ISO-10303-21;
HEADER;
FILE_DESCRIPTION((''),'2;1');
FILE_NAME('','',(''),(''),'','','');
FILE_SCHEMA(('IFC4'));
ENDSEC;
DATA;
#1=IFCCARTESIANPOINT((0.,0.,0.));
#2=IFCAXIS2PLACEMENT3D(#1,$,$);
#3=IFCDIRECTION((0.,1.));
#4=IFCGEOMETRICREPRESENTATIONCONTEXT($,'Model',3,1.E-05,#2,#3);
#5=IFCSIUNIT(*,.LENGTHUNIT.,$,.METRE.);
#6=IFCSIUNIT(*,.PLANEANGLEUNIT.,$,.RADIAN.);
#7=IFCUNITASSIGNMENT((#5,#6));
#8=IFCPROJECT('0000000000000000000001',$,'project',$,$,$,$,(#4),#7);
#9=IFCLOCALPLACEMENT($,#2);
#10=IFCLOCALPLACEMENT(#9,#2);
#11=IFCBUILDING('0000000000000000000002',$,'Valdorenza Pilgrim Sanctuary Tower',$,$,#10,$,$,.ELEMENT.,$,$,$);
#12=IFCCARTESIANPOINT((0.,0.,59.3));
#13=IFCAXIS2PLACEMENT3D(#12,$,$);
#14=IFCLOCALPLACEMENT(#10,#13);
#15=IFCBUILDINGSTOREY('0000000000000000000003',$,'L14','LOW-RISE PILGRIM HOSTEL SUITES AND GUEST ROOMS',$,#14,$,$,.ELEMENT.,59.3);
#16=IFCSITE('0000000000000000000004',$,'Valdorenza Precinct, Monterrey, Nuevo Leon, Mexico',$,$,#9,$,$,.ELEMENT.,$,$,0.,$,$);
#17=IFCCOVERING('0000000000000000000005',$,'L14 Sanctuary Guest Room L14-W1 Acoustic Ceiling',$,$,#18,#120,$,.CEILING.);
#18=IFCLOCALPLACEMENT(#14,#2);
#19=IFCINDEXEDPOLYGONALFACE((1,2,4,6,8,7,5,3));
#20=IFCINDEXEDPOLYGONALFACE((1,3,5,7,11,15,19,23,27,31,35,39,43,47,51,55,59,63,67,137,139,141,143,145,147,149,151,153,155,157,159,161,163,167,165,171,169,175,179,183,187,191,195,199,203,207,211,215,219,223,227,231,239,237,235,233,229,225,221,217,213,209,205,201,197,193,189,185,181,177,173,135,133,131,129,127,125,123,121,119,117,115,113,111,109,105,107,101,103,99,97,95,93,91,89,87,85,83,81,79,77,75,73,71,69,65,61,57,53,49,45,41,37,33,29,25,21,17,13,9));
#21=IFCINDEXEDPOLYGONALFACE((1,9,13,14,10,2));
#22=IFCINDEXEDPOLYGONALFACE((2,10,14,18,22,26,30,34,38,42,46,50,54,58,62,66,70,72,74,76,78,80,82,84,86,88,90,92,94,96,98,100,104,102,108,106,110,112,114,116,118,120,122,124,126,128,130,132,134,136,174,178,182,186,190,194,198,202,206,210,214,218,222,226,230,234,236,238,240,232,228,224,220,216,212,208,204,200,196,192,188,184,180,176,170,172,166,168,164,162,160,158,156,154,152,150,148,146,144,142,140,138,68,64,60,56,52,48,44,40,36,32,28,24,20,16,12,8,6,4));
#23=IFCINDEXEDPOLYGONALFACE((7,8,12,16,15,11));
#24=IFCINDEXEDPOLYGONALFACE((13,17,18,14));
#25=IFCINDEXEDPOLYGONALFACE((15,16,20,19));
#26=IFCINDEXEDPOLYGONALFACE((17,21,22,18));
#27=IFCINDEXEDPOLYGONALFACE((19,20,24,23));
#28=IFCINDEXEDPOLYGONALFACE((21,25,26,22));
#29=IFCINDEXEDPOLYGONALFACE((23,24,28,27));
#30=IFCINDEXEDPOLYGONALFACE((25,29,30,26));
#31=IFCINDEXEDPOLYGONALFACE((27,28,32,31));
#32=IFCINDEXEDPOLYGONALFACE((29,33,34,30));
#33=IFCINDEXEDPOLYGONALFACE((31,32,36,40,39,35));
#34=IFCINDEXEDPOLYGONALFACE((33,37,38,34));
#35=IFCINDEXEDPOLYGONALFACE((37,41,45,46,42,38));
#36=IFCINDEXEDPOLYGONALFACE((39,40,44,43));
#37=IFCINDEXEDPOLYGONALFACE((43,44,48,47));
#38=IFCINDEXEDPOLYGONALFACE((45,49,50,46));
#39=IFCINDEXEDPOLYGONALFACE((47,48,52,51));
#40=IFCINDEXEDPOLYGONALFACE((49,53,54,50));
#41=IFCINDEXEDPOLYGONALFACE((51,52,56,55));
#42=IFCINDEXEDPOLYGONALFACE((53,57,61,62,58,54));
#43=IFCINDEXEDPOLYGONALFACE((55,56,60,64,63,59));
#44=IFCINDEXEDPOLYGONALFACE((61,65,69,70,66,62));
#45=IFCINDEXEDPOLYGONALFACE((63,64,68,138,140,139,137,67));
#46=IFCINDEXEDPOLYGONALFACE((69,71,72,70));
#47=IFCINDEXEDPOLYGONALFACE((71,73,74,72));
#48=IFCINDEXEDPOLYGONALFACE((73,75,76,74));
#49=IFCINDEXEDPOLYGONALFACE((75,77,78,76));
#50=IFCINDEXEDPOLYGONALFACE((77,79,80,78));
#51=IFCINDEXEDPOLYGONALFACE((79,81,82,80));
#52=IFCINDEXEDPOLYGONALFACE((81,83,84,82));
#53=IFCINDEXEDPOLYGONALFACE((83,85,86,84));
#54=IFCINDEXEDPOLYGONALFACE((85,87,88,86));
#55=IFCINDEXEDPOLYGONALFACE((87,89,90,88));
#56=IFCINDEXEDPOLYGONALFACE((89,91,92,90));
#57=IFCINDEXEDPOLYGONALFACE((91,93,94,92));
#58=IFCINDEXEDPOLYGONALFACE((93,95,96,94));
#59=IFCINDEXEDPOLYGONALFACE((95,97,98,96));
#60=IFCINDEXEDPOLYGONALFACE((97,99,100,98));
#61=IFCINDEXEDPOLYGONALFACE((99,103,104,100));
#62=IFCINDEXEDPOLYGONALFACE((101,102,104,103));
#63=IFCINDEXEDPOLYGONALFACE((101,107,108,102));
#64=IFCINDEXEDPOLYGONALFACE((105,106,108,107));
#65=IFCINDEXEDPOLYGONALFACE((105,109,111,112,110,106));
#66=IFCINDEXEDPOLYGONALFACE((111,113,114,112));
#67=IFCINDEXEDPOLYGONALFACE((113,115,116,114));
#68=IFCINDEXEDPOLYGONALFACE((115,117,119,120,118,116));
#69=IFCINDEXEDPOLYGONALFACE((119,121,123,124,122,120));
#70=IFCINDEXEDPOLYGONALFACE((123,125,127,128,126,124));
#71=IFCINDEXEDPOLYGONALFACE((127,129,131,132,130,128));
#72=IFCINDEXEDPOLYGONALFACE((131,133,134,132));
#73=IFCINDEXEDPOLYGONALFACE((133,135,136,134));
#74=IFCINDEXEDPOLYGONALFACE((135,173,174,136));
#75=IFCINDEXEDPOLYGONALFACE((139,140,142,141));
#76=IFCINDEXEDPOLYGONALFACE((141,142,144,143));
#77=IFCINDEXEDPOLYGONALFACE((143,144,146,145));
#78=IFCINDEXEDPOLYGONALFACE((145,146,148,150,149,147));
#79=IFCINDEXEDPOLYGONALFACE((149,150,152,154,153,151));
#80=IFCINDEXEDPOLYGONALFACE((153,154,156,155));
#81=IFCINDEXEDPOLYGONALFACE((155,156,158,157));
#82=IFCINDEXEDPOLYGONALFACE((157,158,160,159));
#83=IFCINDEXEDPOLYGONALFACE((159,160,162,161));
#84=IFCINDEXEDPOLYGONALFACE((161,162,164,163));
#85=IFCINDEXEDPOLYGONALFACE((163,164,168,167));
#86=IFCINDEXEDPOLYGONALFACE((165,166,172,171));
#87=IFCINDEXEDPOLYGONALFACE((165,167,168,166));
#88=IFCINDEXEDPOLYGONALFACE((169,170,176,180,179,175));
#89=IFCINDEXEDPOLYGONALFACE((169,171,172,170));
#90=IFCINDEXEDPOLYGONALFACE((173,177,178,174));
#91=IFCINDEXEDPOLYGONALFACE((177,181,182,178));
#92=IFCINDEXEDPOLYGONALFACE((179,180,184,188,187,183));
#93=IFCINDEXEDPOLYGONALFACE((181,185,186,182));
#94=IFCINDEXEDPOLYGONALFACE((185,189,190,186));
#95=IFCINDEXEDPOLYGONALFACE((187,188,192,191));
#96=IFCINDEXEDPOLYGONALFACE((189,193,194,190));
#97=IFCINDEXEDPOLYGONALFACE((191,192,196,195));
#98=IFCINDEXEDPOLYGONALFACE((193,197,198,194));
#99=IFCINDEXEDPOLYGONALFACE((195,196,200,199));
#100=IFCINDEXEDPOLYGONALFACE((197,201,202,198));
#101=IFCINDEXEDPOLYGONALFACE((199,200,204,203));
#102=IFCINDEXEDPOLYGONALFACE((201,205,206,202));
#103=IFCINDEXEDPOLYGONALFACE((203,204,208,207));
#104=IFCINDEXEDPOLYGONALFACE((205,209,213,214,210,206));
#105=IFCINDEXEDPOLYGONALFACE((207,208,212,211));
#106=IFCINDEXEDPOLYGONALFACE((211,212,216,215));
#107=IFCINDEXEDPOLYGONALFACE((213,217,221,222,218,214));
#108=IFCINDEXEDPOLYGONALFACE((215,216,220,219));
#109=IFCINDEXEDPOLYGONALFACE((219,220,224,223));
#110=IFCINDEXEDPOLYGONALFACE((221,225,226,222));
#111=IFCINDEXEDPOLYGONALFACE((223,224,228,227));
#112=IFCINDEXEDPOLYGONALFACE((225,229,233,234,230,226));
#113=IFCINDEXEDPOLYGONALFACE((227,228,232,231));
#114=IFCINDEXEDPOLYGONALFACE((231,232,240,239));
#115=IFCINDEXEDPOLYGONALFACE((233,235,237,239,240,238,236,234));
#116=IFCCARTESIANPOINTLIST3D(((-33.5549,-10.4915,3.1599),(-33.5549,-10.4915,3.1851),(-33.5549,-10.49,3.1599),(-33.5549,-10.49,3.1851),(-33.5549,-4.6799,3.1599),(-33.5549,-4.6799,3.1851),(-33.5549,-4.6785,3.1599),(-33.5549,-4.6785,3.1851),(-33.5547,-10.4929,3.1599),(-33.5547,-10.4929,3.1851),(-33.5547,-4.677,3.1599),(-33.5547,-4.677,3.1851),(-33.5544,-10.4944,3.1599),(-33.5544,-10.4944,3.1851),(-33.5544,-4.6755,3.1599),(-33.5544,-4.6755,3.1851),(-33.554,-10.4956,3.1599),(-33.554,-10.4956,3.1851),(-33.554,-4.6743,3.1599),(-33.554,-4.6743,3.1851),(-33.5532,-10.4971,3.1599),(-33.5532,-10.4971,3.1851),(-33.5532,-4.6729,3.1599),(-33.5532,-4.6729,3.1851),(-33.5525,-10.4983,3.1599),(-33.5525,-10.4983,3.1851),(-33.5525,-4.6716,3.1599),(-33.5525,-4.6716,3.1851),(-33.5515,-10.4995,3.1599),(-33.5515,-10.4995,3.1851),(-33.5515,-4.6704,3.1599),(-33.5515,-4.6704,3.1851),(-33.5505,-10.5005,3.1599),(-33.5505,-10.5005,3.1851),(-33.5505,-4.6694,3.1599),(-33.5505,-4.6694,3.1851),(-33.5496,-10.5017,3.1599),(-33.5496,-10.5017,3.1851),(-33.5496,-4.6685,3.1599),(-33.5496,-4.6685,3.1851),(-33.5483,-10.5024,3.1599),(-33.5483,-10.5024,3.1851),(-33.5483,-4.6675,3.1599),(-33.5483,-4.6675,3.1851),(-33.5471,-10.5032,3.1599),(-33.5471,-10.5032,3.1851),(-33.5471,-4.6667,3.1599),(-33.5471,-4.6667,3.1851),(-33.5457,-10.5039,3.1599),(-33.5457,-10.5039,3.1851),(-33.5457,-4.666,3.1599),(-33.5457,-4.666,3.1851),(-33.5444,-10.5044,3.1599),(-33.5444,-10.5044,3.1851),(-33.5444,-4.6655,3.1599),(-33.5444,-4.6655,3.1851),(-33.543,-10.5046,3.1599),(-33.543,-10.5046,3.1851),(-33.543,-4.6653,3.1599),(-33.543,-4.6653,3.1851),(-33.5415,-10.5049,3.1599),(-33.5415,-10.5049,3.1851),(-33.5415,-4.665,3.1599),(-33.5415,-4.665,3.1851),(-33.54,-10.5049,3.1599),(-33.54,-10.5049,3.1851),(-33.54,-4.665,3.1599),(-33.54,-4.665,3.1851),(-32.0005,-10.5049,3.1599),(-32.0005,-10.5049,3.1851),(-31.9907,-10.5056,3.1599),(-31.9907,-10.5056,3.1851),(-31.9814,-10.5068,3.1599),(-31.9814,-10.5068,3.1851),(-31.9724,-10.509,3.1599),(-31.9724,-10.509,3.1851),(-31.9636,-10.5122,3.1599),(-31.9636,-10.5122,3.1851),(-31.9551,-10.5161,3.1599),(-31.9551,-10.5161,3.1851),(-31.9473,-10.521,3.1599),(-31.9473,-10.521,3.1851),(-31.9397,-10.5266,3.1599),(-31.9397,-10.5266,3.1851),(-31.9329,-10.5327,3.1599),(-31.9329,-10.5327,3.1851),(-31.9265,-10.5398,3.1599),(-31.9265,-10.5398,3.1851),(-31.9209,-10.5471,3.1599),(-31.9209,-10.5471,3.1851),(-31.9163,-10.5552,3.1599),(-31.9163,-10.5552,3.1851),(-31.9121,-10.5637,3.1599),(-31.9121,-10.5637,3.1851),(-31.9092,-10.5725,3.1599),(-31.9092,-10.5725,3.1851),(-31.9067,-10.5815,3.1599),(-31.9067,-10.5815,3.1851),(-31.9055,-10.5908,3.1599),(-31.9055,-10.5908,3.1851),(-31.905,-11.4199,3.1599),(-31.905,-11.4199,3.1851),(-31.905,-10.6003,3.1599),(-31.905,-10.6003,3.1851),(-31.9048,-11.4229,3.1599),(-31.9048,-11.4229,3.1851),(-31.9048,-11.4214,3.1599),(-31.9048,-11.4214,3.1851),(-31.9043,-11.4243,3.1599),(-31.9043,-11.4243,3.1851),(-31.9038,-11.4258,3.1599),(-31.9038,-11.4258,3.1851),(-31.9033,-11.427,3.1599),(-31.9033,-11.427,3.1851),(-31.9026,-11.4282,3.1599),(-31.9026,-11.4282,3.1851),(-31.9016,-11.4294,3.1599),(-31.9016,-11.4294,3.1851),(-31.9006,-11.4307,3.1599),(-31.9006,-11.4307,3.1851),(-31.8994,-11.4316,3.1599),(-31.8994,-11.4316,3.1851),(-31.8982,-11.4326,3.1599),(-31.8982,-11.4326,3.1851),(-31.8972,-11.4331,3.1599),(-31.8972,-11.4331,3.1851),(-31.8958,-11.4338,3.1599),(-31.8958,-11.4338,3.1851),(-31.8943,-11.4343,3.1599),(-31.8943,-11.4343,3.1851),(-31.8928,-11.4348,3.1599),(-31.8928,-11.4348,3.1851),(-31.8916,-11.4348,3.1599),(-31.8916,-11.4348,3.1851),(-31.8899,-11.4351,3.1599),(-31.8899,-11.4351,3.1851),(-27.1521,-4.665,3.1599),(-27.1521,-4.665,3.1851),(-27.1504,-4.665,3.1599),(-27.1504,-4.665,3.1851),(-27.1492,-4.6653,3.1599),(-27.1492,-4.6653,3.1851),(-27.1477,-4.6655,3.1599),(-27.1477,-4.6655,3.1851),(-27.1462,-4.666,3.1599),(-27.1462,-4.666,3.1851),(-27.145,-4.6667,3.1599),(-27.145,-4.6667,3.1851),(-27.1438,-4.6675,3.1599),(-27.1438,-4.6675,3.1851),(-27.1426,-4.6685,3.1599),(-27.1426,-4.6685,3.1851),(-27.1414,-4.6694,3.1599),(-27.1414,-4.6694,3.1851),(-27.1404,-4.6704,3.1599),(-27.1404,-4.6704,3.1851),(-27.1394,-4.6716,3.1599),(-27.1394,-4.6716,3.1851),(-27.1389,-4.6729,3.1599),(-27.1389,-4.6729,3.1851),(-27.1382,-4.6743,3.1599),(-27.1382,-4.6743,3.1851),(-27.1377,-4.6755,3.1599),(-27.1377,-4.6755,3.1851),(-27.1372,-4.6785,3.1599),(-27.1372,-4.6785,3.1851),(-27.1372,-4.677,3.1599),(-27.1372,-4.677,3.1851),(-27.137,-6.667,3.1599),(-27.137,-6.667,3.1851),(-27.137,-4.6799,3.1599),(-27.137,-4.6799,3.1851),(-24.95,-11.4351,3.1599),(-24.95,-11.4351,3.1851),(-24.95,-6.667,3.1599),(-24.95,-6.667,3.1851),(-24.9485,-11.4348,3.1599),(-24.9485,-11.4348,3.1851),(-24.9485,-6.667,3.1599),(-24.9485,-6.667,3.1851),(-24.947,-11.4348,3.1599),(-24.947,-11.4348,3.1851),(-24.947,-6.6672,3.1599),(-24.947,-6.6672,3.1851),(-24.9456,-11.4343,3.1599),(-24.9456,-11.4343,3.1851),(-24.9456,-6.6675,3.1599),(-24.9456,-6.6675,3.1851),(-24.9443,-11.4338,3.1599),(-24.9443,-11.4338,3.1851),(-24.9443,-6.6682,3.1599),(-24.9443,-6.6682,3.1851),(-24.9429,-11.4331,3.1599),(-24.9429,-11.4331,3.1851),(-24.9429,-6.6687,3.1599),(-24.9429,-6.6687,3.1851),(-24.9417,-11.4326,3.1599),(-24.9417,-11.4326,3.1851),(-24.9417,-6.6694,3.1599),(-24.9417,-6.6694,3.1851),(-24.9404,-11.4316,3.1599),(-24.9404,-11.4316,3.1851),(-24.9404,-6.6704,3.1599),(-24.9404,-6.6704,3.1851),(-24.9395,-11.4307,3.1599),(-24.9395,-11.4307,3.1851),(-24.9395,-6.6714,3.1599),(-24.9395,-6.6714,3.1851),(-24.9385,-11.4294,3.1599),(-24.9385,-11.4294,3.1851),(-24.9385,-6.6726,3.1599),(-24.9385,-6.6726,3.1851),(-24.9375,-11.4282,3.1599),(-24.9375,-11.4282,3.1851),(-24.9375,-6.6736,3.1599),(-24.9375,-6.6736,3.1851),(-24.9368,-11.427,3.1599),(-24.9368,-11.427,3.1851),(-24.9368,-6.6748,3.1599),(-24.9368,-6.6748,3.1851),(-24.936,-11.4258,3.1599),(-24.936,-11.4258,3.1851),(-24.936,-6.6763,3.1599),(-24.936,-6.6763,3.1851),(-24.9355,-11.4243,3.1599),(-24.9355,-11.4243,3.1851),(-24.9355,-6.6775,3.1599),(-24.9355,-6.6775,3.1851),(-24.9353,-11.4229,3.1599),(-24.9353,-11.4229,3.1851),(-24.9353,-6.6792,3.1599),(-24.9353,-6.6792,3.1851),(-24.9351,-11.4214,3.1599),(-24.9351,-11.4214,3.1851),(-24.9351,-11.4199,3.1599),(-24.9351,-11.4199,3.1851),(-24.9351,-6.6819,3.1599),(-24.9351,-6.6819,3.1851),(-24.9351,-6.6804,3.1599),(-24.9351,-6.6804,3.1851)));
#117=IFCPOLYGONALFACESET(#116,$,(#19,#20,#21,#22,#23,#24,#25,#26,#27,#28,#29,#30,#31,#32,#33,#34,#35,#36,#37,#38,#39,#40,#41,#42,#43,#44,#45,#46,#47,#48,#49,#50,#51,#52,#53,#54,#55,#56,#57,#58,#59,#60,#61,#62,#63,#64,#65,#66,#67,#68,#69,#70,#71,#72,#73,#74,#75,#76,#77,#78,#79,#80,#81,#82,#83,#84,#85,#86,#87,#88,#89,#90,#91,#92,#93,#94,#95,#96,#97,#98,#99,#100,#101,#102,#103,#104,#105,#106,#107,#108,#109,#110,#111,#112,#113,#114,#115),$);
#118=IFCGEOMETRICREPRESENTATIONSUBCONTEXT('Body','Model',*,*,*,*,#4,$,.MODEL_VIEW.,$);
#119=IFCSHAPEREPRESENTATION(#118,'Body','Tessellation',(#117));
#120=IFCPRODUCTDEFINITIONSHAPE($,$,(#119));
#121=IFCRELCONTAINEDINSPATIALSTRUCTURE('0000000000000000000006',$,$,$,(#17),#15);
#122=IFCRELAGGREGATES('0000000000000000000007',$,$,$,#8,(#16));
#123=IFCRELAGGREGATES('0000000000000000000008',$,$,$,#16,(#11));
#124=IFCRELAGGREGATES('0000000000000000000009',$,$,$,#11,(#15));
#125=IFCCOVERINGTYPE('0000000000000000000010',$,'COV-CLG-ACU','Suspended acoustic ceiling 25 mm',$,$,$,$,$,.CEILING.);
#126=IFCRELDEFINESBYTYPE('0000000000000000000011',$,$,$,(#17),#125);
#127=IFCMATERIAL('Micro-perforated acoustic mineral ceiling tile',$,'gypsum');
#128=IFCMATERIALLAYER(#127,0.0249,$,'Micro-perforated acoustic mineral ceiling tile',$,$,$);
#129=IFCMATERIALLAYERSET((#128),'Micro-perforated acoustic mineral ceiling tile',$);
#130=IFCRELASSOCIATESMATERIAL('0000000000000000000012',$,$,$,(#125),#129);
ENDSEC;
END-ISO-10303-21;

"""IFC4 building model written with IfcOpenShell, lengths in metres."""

from ifc_helpers import new_model, si_unit, direction, frame, origin, place, context, subcontext, project, spatial, polyline, outline, extrude, material, layer, layer_set, type_object, element, save


model = new_model("IFC4")

# Units and contexts
model_context = context("Model", 3, precision=1e-05, world=origin(), true_north=direction((0.0, 1.0)))
body_context = subcontext(model_context, "Body", "Model", "MODEL_VIEW")
ifc_project = project(units=[si_unit("LENGTHUNIT", "METRE"), si_unit("PLANEANGLEUNIT", "RADIAN")], contexts=[model_context])

# Site, building, storey
site_placement = place(None, origin())
site = spatial("IfcSite", under=ifc_project, at=site_placement, Name="Valdorenza Precinct, Monterrey, Nuevo Leon, Mexico", CompositionType="ELEMENT", RefElevation=0.0)
building_placement = place(site_placement, origin())
building = spatial("IfcBuilding", under=site, at=building_placement, Name="Valdorenza Pilgrim Sanctuary Tower", CompositionType="ELEMENT")
storey_placement = place(building_placement, frame((0.0, 0.0, 59.3)))
storey = spatial("IfcBuildingStorey", under=building, at=storey_placement, Name="L14", Description="LOW-RISE PILGRIM HOSTEL SUITES AND GUEST ROOMS", CompositionType="ELEMENT", Elevation=59.3)

# Covering
ifc_material_1 = material(Name="Micro-perforated acoustic mineral ceiling tile", Category="gypsum")
ifc_layer_1 = layer(ifc_material_1, 0.0249, Name="Micro-perforated acoustic mineral ceiling tile")
ifc_layer_set_1 = layer_set([ifc_layer_1], Name="Micro-perforated acoustic mineral ceiling tile")
covering_type_1 = type_object("IfcCoveringType", Name="COV-CLG-ACU", Description="Suspended acoustic ceiling 25 mm", PredefinedType="CEILING", material=ifc_layer_set_1)
covering_1_placement = place(storey_placement, frame((0.0, 0.0, 3.1599)))
element("IfcCovering", 1, at=covering_1_placement, inside=storey, type_object=covering_type_1, Name="L14 Sanctuary Guest Room L14-W1 Acoustic Ceiling", PredefinedType="CEILING", context=body_context, shape_type="SweptSolid", body=[
    extrude(outline(polyline([(-31.905, -10.6003), (-31.9055, -10.5908), (-31.9067, -10.5815), (-31.9092, -10.5725), (-31.9121, -10.5637), (-31.9163, -10.5552), (-31.9209, -10.5471), (-31.9265, -10.5398), (-31.9329, -10.5327), (-31.9397, -10.5266), (-31.9473, -10.521), (-31.9551, -10.5161), (-31.9636, -10.5122), (-31.9724, -10.509), (-31.9814, -10.5068), (-31.9907, -10.5056), (-32.0005, -10.5049), (-33.54, -10.5049), (-33.5415, -10.5049), (-33.543, -10.5046), (-33.5444, -10.5044), (-33.5457, -10.5039), (-33.5471, -10.5032), (-33.5483, -10.5024), (-33.5496, -10.5017), (-33.5505, -10.5005), (-33.5515, -10.4995), (-33.5525, -10.4983), (-33.5532, -10.4971), (-33.554, -10.4956), (-33.5544, -10.4944), (-33.5547, -10.4929), (-33.5549, -10.4915), (-33.5549, -10.49), (-33.5549, -4.6799), (-33.5549, -4.6785), (-33.5547, -4.677), (-33.5544, -4.6755), (-33.554, -4.6743), (-33.5532, -4.6729), (-33.5525, -4.6716), (-33.5515, -4.6704), (-33.5505, -4.6694), (-33.5496, -4.6685), (-33.5483, -4.6675), (-33.5471, -4.6667), (-33.5457, -4.666), (-33.5444, -4.6655), (-33.543, -4.6653), (-33.5415, -4.665), (-33.54, -4.665), (-27.1521, -4.665), (-27.1504, -4.665), (-27.1492, -4.6653), (-27.1477, -4.6655), (-27.1462, -4.666), (-27.145, -4.6667), (-27.1438, -4.6675), (-27.1426, -4.6685), (-27.1414, -4.6694), (-27.1404, -4.6704), (-27.1394, -4.6716), (-27.1389, -4.6729), (-27.1382, -4.6743), (-27.1377, -4.6755), (-27.1372, -4.677), (-27.1372, -4.6785), (-27.137, -4.6799), (-27.137, -6.667), (-24.95, -6.667), (-24.9485, -6.667), (-24.947, -6.6672), (-24.9456, -6.6675), (-24.9443, -6.6682), (-24.9429, -6.6687), (-24.9417, -6.6694), (-24.9404, -6.6704), (-24.9395, -6.6714), (-24.9385, -6.6726), (-24.9375, -6.6736), (-24.9368, -6.6748), (-24.936, -6.6763), (-24.9355, -6.6775), (-24.9353, -6.6792), (-24.9351, -6.6804), (-24.9351, -6.6819), (-24.9351, -11.4199), (-24.9351, -11.4214), (-24.9353, -11.4229), (-24.9355, -11.4243), (-24.936, -11.4258), (-24.9368, -11.427), (-24.9375, -11.4282), (-24.9385, -11.4294), (-24.9395, -11.4307), (-24.9404, -11.4316), (-24.9417, -11.4326), (-24.9429, -11.4331), (-24.9443, -11.4338), (-24.9456, -11.4343), (-24.947, -11.4348), (-24.9485, -11.4348), (-24.95, -11.4351), (-31.8899, -11.4351), (-31.8916, -11.4348), (-31.8928, -11.4348), (-31.8943, -11.4343), (-31.8958, -11.4338), (-31.8972, -11.4331), (-31.8982, -11.4326), (-31.8994, -11.4316), (-31.9006, -11.4307), (-31.9016, -11.4294), (-31.9026, -11.4282), (-31.9033, -11.427), (-31.9038, -11.4258), (-31.9043, -11.4243), (-31.9048, -11.4229), (-31.9048, -11.4214), (-31.905, -11.4199), (-31.905, -10.6003)])), origin(), (0.0, 0.0, 1.0), 0.0251),
])

save(model, "model.ifc")
